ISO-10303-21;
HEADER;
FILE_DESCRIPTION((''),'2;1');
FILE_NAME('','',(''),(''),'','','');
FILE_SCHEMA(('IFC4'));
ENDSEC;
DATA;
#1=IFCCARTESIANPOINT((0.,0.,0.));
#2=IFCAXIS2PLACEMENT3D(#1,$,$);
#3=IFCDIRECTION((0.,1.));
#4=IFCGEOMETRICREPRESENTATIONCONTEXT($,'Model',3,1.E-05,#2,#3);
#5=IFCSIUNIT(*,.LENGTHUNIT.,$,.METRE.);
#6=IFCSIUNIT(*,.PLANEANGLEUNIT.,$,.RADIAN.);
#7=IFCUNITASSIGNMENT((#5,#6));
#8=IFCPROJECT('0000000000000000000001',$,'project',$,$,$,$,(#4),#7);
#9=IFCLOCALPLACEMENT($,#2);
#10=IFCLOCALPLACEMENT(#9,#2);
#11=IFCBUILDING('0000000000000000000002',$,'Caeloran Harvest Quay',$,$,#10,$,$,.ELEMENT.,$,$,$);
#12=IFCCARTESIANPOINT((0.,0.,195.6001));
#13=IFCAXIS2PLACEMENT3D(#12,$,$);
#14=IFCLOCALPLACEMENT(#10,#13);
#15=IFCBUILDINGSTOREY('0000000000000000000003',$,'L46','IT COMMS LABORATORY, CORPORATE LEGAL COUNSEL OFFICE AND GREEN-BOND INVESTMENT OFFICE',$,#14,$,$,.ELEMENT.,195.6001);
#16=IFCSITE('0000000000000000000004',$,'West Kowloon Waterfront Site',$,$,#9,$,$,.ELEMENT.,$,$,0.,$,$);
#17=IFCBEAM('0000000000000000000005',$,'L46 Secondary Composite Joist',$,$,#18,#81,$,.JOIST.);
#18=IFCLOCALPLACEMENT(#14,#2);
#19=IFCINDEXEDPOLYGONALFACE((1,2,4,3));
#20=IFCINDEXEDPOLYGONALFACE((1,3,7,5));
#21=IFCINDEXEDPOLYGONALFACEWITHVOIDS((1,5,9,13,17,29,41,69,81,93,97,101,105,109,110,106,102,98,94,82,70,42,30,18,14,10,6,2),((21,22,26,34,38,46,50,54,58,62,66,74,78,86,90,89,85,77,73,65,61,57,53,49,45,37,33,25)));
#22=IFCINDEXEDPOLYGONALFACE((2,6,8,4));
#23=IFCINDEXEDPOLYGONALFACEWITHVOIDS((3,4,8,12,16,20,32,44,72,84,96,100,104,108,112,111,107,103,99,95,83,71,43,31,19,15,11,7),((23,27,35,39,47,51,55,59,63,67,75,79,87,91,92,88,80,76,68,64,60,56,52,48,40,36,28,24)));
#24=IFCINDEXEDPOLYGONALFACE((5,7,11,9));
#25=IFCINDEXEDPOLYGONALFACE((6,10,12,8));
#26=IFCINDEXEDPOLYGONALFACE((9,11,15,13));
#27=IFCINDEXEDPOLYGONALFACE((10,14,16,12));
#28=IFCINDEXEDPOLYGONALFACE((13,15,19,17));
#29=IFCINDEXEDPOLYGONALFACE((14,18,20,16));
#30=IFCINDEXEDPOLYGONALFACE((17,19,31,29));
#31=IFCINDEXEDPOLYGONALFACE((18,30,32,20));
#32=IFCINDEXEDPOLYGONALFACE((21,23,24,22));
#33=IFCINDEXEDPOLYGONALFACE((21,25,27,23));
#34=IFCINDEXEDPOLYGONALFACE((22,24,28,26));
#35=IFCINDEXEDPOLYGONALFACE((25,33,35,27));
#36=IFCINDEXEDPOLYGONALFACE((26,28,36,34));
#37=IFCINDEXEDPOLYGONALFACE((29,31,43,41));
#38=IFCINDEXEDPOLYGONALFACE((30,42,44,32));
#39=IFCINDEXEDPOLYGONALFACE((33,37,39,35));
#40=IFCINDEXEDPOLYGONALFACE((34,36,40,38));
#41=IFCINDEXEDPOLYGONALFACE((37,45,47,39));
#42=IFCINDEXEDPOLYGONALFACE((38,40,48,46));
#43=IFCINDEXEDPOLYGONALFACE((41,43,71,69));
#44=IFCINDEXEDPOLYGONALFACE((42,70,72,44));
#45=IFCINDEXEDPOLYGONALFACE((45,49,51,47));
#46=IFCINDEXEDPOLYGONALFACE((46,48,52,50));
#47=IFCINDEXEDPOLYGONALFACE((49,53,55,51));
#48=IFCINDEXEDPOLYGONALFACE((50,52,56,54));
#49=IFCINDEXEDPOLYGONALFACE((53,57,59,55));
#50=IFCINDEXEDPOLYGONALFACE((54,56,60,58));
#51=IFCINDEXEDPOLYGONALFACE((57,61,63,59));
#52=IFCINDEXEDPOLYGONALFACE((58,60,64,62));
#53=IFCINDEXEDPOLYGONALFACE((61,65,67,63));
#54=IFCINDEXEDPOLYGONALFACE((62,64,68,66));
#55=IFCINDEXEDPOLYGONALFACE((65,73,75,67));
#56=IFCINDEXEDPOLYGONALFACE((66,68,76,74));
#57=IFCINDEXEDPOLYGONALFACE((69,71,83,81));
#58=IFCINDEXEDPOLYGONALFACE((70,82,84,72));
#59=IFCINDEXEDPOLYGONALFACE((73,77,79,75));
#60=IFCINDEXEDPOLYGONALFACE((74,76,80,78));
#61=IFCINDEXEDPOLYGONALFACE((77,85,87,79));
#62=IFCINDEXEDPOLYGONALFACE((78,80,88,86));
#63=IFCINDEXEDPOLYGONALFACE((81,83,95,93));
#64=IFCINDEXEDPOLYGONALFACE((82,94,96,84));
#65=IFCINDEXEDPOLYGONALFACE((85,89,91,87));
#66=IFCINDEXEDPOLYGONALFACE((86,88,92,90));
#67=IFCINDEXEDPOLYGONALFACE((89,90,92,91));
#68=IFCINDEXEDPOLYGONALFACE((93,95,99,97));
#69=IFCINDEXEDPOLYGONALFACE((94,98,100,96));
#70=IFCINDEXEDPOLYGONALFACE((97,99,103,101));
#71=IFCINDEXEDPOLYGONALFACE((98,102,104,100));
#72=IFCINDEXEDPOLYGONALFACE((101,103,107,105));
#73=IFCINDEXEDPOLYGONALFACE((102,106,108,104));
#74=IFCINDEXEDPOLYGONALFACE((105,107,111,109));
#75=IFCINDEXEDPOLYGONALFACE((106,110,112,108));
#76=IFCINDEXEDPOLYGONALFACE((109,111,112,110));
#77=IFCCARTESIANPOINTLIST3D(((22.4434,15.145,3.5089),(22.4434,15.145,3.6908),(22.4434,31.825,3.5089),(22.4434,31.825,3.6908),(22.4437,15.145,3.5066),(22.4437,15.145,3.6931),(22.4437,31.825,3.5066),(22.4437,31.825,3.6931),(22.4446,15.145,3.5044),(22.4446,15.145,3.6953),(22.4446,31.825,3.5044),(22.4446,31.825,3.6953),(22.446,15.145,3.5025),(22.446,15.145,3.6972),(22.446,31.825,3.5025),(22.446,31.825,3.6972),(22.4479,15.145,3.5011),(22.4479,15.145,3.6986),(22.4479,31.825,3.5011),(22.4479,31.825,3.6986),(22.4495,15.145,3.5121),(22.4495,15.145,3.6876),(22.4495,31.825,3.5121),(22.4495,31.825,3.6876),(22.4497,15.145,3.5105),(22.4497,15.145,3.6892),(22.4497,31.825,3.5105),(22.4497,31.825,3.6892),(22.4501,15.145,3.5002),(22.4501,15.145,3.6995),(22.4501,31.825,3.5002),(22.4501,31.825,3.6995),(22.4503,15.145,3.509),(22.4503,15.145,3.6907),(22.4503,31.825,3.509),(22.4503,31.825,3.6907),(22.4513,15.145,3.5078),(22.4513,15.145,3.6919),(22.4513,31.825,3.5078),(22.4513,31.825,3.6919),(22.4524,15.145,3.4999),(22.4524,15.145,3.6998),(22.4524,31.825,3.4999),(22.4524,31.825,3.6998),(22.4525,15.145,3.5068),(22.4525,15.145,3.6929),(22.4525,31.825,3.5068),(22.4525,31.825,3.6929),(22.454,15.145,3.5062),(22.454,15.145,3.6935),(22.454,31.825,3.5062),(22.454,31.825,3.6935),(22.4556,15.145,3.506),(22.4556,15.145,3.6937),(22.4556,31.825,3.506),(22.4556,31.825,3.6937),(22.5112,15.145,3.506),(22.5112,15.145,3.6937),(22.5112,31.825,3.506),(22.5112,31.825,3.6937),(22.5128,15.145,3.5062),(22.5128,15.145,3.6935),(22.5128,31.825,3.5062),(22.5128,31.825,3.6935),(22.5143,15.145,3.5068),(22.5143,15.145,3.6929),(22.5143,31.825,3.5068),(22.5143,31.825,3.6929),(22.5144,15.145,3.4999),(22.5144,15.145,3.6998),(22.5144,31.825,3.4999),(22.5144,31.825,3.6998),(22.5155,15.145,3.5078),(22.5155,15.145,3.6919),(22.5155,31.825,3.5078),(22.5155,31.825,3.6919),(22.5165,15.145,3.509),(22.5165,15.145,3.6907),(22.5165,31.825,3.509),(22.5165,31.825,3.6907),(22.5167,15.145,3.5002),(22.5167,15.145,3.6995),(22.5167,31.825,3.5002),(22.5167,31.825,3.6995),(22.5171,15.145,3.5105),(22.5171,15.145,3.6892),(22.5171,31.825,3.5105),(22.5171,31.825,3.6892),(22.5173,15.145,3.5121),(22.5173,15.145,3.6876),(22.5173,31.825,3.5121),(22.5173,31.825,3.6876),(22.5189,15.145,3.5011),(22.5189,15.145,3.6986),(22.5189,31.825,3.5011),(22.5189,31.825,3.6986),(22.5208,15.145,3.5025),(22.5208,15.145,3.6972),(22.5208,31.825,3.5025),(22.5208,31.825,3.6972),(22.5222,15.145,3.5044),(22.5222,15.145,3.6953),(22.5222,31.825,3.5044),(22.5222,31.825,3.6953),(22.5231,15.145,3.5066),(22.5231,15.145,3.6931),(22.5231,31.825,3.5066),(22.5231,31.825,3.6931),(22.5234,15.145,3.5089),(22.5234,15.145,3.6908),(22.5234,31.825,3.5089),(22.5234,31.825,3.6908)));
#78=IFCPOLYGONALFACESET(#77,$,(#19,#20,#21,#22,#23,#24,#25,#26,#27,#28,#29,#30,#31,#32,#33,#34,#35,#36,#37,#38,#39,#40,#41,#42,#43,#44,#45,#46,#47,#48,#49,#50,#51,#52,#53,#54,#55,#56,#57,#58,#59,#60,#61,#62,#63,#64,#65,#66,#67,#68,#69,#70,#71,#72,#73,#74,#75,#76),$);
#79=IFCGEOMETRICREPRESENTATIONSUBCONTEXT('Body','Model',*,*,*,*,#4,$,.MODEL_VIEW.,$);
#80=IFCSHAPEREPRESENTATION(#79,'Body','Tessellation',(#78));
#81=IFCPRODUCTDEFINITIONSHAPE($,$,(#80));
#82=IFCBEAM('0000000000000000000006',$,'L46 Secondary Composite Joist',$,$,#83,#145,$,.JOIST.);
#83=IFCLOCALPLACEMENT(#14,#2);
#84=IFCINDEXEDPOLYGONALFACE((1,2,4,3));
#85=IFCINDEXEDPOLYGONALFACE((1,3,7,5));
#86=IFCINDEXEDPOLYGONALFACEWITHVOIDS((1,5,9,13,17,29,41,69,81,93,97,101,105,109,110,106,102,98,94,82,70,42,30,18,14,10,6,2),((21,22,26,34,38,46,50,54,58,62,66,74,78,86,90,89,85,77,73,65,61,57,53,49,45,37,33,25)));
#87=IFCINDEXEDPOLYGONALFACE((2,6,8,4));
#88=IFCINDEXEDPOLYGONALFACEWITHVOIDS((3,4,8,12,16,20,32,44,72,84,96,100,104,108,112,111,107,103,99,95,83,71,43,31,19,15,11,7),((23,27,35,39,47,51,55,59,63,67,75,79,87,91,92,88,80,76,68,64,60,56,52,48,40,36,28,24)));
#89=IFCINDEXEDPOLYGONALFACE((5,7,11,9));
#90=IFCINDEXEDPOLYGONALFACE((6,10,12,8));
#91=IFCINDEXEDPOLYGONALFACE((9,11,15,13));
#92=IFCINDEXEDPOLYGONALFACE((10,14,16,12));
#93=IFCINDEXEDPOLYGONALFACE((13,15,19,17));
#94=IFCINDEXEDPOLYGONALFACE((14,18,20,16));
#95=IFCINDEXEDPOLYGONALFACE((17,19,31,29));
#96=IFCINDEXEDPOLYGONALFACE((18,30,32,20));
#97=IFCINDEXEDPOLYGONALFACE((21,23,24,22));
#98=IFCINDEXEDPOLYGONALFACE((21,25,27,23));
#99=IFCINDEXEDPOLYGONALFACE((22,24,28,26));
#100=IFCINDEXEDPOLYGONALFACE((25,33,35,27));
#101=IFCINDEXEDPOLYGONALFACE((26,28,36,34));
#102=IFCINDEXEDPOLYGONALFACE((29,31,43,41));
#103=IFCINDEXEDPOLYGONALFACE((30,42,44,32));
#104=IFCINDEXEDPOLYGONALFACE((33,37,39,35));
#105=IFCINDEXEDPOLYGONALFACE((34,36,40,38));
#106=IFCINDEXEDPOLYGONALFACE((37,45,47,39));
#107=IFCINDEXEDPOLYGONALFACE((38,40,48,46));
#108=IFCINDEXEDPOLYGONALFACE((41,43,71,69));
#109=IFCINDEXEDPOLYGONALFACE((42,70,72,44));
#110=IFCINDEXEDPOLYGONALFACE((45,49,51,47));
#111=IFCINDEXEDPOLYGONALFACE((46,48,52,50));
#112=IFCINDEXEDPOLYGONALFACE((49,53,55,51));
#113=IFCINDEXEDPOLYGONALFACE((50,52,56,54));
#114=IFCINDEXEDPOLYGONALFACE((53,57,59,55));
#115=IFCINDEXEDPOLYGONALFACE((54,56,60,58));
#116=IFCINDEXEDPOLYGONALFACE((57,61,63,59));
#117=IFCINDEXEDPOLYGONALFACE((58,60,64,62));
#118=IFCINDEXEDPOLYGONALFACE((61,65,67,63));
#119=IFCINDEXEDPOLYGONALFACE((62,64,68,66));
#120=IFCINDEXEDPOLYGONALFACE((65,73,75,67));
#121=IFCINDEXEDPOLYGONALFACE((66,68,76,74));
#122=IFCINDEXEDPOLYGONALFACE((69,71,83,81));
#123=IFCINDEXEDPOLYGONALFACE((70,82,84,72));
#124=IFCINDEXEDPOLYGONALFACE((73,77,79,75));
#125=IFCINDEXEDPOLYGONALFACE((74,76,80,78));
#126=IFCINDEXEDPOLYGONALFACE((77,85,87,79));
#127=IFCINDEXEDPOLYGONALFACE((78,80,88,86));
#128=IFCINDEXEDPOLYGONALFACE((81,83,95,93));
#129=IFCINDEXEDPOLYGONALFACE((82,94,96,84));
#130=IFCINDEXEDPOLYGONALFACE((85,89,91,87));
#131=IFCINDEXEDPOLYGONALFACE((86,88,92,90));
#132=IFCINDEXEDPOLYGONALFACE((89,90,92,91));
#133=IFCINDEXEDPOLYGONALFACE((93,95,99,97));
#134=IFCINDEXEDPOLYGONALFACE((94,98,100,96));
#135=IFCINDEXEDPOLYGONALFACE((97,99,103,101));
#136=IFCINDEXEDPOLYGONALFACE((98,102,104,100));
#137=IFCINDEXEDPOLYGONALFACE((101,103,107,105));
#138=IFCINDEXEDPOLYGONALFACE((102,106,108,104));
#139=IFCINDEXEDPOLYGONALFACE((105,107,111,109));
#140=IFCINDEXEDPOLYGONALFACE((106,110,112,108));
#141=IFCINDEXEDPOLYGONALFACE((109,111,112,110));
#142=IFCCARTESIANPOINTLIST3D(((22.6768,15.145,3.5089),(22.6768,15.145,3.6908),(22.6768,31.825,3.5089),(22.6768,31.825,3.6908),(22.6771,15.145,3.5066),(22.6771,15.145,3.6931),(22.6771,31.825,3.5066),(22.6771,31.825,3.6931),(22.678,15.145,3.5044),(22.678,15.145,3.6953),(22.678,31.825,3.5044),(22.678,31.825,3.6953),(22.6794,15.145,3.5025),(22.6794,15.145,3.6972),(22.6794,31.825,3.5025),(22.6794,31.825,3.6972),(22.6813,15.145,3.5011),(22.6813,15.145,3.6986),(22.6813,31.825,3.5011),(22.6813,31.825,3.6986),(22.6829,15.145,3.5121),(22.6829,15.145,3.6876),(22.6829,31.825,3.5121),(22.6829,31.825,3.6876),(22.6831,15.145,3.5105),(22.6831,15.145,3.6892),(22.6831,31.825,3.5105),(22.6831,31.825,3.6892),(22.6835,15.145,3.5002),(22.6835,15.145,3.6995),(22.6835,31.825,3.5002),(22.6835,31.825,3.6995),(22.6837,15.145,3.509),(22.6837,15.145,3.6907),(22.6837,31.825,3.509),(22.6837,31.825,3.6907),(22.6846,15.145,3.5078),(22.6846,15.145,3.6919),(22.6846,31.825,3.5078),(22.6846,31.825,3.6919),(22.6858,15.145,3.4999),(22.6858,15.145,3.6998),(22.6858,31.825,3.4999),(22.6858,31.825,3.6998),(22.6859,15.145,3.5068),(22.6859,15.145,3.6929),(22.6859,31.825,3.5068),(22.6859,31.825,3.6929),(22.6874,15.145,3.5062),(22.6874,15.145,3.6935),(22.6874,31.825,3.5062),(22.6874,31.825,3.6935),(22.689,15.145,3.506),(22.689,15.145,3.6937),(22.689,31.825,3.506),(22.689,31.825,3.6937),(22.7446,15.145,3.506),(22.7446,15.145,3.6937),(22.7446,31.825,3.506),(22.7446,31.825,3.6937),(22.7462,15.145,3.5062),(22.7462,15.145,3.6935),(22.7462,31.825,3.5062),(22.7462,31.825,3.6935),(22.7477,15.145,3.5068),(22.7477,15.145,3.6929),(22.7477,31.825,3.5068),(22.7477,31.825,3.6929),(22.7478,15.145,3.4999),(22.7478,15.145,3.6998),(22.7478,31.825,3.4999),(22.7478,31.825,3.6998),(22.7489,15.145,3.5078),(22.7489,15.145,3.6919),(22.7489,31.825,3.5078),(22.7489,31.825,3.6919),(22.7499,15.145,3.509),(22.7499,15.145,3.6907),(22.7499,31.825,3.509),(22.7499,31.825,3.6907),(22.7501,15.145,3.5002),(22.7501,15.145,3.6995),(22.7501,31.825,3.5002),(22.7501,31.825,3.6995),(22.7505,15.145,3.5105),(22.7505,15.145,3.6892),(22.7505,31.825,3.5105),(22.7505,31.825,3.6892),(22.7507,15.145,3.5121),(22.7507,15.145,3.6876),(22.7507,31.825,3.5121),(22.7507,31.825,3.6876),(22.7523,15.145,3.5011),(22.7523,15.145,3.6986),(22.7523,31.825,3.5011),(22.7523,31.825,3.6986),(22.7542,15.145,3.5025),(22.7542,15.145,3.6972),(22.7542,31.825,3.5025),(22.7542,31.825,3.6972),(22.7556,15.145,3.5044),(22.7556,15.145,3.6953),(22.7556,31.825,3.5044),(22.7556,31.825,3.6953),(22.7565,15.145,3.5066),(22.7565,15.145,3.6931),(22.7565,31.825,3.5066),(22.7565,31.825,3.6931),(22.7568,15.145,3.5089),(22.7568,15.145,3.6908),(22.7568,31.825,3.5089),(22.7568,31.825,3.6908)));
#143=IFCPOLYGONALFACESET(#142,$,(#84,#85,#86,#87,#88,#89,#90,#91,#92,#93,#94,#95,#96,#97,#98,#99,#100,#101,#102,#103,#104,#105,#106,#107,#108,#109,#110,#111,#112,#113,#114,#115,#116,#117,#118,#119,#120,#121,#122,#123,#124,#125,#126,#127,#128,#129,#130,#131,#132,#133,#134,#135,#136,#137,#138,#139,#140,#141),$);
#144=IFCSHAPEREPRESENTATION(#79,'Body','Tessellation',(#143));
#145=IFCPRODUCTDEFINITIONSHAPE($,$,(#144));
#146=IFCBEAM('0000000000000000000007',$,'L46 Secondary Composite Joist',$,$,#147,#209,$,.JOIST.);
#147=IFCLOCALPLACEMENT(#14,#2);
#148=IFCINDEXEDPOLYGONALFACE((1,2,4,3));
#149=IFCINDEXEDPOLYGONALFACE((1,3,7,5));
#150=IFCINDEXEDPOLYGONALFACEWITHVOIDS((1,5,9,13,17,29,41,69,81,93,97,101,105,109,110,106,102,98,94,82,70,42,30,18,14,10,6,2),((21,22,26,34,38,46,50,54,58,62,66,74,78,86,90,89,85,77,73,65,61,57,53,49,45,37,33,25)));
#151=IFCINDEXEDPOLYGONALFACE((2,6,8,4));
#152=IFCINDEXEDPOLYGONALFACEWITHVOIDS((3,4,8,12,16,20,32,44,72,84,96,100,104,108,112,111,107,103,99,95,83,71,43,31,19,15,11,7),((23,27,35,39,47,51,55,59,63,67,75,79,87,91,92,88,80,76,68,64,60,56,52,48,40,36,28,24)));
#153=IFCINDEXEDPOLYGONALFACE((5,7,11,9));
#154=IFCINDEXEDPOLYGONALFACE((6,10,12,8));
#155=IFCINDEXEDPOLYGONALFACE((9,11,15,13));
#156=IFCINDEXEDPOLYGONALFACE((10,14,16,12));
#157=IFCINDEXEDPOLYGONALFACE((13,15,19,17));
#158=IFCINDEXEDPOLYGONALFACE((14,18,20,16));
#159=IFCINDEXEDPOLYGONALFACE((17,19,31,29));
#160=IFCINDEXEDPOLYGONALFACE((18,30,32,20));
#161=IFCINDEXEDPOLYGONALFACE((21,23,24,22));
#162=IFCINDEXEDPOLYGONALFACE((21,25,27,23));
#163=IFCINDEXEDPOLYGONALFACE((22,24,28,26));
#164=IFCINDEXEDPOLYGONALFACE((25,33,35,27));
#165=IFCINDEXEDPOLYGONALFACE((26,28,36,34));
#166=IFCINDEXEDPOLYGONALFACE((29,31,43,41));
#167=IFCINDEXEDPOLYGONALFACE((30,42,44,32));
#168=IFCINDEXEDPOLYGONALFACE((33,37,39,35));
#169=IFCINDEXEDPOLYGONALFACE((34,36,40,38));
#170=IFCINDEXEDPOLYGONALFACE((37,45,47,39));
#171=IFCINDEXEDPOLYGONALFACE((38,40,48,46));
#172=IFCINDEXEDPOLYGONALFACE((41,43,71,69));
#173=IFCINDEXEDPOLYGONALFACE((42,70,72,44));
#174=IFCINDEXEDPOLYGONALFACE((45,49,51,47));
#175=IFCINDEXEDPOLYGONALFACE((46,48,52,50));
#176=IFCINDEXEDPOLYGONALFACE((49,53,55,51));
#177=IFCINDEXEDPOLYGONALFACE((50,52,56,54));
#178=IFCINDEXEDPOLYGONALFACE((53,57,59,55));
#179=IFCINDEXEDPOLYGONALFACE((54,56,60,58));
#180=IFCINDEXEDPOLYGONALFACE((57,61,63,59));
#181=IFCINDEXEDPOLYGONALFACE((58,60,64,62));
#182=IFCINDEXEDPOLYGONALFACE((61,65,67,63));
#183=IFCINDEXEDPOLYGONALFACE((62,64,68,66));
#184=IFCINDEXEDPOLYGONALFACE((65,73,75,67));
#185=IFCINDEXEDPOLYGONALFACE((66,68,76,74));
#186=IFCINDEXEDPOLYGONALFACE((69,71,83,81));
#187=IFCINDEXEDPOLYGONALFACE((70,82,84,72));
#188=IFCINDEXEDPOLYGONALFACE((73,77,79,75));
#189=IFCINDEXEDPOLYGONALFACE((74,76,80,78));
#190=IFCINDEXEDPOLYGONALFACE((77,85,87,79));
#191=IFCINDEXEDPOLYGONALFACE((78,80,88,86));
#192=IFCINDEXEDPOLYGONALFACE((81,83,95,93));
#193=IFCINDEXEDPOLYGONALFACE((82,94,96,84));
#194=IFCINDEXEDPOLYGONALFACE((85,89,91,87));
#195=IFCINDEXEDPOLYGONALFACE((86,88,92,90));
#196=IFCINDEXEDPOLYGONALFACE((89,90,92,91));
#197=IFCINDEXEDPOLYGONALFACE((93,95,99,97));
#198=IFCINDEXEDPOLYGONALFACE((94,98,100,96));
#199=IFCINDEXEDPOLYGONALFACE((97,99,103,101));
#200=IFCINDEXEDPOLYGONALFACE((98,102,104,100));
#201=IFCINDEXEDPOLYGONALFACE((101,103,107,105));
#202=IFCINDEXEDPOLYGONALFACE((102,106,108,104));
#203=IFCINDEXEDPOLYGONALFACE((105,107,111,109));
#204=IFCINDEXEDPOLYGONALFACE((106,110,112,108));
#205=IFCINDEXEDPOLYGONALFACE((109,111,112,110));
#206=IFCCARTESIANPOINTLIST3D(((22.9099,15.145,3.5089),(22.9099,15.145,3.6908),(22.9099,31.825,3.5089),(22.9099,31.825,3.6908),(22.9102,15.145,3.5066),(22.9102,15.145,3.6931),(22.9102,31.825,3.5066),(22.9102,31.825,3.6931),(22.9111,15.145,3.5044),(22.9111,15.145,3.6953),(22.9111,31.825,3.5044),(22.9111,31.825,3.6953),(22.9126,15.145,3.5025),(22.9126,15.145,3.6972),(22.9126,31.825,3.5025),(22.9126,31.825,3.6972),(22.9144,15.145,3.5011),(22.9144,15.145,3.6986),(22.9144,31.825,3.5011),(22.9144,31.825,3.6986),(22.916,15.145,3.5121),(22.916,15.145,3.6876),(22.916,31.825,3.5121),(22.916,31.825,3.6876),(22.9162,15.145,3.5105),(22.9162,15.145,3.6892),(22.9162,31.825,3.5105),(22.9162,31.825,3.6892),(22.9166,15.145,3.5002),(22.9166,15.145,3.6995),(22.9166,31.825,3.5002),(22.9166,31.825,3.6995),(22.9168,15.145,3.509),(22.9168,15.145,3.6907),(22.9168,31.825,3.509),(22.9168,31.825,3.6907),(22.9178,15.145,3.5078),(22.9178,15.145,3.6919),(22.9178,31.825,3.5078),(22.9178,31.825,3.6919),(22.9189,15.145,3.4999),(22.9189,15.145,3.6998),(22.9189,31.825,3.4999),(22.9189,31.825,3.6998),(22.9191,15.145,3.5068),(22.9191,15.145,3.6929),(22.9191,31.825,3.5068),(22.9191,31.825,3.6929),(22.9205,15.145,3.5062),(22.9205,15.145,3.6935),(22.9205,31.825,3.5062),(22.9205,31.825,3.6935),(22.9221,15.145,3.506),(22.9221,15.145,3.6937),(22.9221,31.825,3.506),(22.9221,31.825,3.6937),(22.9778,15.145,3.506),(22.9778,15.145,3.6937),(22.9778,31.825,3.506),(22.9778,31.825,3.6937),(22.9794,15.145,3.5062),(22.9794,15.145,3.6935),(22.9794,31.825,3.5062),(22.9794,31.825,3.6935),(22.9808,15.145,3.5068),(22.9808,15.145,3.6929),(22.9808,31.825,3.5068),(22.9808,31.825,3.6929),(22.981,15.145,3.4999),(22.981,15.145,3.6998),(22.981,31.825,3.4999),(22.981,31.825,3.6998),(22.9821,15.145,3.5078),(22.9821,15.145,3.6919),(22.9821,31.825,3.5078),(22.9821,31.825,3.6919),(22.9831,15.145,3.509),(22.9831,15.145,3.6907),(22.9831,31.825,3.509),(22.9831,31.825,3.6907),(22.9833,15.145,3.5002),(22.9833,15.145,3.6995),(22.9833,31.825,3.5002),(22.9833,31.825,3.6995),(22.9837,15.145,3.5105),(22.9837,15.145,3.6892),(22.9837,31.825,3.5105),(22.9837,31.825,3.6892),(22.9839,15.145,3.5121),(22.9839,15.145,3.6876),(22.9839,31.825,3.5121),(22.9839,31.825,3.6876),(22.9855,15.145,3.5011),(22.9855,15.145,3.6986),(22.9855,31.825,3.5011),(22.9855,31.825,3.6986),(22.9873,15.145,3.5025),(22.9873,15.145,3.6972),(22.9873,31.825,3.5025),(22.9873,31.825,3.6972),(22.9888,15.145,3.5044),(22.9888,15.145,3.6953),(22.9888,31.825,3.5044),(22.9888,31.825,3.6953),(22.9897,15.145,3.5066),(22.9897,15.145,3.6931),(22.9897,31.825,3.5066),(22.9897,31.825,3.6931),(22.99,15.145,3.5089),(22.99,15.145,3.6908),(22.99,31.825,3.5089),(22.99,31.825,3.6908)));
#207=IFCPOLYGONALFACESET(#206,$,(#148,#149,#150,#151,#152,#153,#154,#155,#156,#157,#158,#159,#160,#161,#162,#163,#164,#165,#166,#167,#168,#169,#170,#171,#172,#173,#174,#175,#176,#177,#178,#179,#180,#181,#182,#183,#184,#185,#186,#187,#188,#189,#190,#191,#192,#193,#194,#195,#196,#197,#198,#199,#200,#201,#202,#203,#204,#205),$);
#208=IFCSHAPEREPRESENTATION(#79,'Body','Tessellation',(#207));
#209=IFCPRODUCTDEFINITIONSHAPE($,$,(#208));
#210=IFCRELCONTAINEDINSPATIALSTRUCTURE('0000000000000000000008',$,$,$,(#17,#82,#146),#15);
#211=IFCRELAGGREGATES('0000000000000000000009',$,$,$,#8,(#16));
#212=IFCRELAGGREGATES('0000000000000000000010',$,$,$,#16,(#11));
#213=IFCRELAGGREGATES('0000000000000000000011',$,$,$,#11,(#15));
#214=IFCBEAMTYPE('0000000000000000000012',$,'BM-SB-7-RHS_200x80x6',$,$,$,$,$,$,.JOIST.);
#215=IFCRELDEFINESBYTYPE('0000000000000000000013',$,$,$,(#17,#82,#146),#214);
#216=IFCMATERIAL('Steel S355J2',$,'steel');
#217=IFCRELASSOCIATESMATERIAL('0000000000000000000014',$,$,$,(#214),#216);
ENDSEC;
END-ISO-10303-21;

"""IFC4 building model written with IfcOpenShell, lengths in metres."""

from ifc_helpers import new_model, si_unit, direction, frame, origin, origin_2d, place, context, subcontext, project, spatial, hollow_rectangle, extrude, material, material_profile, profile_set, type_object, element, save


model = new_model("IFC4")

# Units and contexts
model_context = context("Model", 3, precision=1e-05, world=origin(), true_north=direction((0.0, 1.0)))
body_context = subcontext(model_context, "Body", "Model", "MODEL_VIEW")
ifc_project = project(units=[si_unit("LENGTHUNIT", "METRE"), si_unit("PLANEANGLEUNIT", "RADIAN")], contexts=[model_context])

# Site, building, storey
site_placement = place(None, origin())
site = spatial("IfcSite", under=ifc_project, at=site_placement, Name="West Kowloon Waterfront Site", CompositionType="ELEMENT", RefElevation=0.0)
building_placement = place(site_placement, origin())
building = spatial("IfcBuilding", under=site, at=building_placement, Name="Caeloran Harvest Quay", CompositionType="ELEMENT")
storey_placement = place(building_placement, frame((0.0, 0.0, 195.6001)))
storey = spatial("IfcBuildingStorey", under=building, at=storey_placement, Name="L46", Description="IT COMMS LABORATORY, CORPORATE LEGAL COUNSEL OFFICE AND GREEN-BOND INVESTMENT OFFICE", CompositionType="ELEMENT", Elevation=195.6001)

# Beams
ifc_material_1 = material(Name="Steel S355J2", Category="steel")
ifc_material_profile_1 = material_profile(ifc_material_1, hollow_rectangle(XDim=0.0801, YDim=0.2, WallThickness=0.0061, InnerFilletRadius=0.0061, OuterFilletRadius=0.009, at=origin_2d()), Name="RHS 200x80x6")
ifc_profile_set_1 = profile_set([ifc_material_profile_1], Name="Steel S355J2")
beam_type_1 = type_object("IfcBeamType", Name="BM-SB-7-RHS_200x80x6", PredefinedType="JOIST", material=ifc_profile_set_1)
for number, where, z_axis, x_axis, name in (
    (1, (22.4834, 15.145, 3.5999), (0.0, 1.0, 0.0), (-1.0, 0.0, 0.0), "L46 Secondary Composite Joist"),
    (2, (22.7168, 15.145, 3.5999), (0.0, 1.0, 0.0), (-1.0, 0.0, 0.0), "L46 Secondary Composite Joist"),
    (3, (22.95, 15.145, 3.5999), (0.0, 1.0, 0.0), (-1.0, 0.0, 0.0), "L46 Secondary Composite Joist"),
):
    element("IfcBeam", number, at=place(storey_placement, frame(where, z_axis=z_axis, x_axis=x_axis)), inside=storey, type_object=beam_type_1, Name=name, PredefinedType="JOIST", context=body_context, shape_type="SweptSolid", body=[
        extrude(hollow_rectangle(XDim=0.0801, YDim=0.2, WallThickness=0.0061, InnerFilletRadius=0.0061, OuterFilletRadius=0.009, at=origin_2d()), origin(), (0.0, 0.0, 1.0), 16.6799),
    ])

save(model, "model.ifc")
